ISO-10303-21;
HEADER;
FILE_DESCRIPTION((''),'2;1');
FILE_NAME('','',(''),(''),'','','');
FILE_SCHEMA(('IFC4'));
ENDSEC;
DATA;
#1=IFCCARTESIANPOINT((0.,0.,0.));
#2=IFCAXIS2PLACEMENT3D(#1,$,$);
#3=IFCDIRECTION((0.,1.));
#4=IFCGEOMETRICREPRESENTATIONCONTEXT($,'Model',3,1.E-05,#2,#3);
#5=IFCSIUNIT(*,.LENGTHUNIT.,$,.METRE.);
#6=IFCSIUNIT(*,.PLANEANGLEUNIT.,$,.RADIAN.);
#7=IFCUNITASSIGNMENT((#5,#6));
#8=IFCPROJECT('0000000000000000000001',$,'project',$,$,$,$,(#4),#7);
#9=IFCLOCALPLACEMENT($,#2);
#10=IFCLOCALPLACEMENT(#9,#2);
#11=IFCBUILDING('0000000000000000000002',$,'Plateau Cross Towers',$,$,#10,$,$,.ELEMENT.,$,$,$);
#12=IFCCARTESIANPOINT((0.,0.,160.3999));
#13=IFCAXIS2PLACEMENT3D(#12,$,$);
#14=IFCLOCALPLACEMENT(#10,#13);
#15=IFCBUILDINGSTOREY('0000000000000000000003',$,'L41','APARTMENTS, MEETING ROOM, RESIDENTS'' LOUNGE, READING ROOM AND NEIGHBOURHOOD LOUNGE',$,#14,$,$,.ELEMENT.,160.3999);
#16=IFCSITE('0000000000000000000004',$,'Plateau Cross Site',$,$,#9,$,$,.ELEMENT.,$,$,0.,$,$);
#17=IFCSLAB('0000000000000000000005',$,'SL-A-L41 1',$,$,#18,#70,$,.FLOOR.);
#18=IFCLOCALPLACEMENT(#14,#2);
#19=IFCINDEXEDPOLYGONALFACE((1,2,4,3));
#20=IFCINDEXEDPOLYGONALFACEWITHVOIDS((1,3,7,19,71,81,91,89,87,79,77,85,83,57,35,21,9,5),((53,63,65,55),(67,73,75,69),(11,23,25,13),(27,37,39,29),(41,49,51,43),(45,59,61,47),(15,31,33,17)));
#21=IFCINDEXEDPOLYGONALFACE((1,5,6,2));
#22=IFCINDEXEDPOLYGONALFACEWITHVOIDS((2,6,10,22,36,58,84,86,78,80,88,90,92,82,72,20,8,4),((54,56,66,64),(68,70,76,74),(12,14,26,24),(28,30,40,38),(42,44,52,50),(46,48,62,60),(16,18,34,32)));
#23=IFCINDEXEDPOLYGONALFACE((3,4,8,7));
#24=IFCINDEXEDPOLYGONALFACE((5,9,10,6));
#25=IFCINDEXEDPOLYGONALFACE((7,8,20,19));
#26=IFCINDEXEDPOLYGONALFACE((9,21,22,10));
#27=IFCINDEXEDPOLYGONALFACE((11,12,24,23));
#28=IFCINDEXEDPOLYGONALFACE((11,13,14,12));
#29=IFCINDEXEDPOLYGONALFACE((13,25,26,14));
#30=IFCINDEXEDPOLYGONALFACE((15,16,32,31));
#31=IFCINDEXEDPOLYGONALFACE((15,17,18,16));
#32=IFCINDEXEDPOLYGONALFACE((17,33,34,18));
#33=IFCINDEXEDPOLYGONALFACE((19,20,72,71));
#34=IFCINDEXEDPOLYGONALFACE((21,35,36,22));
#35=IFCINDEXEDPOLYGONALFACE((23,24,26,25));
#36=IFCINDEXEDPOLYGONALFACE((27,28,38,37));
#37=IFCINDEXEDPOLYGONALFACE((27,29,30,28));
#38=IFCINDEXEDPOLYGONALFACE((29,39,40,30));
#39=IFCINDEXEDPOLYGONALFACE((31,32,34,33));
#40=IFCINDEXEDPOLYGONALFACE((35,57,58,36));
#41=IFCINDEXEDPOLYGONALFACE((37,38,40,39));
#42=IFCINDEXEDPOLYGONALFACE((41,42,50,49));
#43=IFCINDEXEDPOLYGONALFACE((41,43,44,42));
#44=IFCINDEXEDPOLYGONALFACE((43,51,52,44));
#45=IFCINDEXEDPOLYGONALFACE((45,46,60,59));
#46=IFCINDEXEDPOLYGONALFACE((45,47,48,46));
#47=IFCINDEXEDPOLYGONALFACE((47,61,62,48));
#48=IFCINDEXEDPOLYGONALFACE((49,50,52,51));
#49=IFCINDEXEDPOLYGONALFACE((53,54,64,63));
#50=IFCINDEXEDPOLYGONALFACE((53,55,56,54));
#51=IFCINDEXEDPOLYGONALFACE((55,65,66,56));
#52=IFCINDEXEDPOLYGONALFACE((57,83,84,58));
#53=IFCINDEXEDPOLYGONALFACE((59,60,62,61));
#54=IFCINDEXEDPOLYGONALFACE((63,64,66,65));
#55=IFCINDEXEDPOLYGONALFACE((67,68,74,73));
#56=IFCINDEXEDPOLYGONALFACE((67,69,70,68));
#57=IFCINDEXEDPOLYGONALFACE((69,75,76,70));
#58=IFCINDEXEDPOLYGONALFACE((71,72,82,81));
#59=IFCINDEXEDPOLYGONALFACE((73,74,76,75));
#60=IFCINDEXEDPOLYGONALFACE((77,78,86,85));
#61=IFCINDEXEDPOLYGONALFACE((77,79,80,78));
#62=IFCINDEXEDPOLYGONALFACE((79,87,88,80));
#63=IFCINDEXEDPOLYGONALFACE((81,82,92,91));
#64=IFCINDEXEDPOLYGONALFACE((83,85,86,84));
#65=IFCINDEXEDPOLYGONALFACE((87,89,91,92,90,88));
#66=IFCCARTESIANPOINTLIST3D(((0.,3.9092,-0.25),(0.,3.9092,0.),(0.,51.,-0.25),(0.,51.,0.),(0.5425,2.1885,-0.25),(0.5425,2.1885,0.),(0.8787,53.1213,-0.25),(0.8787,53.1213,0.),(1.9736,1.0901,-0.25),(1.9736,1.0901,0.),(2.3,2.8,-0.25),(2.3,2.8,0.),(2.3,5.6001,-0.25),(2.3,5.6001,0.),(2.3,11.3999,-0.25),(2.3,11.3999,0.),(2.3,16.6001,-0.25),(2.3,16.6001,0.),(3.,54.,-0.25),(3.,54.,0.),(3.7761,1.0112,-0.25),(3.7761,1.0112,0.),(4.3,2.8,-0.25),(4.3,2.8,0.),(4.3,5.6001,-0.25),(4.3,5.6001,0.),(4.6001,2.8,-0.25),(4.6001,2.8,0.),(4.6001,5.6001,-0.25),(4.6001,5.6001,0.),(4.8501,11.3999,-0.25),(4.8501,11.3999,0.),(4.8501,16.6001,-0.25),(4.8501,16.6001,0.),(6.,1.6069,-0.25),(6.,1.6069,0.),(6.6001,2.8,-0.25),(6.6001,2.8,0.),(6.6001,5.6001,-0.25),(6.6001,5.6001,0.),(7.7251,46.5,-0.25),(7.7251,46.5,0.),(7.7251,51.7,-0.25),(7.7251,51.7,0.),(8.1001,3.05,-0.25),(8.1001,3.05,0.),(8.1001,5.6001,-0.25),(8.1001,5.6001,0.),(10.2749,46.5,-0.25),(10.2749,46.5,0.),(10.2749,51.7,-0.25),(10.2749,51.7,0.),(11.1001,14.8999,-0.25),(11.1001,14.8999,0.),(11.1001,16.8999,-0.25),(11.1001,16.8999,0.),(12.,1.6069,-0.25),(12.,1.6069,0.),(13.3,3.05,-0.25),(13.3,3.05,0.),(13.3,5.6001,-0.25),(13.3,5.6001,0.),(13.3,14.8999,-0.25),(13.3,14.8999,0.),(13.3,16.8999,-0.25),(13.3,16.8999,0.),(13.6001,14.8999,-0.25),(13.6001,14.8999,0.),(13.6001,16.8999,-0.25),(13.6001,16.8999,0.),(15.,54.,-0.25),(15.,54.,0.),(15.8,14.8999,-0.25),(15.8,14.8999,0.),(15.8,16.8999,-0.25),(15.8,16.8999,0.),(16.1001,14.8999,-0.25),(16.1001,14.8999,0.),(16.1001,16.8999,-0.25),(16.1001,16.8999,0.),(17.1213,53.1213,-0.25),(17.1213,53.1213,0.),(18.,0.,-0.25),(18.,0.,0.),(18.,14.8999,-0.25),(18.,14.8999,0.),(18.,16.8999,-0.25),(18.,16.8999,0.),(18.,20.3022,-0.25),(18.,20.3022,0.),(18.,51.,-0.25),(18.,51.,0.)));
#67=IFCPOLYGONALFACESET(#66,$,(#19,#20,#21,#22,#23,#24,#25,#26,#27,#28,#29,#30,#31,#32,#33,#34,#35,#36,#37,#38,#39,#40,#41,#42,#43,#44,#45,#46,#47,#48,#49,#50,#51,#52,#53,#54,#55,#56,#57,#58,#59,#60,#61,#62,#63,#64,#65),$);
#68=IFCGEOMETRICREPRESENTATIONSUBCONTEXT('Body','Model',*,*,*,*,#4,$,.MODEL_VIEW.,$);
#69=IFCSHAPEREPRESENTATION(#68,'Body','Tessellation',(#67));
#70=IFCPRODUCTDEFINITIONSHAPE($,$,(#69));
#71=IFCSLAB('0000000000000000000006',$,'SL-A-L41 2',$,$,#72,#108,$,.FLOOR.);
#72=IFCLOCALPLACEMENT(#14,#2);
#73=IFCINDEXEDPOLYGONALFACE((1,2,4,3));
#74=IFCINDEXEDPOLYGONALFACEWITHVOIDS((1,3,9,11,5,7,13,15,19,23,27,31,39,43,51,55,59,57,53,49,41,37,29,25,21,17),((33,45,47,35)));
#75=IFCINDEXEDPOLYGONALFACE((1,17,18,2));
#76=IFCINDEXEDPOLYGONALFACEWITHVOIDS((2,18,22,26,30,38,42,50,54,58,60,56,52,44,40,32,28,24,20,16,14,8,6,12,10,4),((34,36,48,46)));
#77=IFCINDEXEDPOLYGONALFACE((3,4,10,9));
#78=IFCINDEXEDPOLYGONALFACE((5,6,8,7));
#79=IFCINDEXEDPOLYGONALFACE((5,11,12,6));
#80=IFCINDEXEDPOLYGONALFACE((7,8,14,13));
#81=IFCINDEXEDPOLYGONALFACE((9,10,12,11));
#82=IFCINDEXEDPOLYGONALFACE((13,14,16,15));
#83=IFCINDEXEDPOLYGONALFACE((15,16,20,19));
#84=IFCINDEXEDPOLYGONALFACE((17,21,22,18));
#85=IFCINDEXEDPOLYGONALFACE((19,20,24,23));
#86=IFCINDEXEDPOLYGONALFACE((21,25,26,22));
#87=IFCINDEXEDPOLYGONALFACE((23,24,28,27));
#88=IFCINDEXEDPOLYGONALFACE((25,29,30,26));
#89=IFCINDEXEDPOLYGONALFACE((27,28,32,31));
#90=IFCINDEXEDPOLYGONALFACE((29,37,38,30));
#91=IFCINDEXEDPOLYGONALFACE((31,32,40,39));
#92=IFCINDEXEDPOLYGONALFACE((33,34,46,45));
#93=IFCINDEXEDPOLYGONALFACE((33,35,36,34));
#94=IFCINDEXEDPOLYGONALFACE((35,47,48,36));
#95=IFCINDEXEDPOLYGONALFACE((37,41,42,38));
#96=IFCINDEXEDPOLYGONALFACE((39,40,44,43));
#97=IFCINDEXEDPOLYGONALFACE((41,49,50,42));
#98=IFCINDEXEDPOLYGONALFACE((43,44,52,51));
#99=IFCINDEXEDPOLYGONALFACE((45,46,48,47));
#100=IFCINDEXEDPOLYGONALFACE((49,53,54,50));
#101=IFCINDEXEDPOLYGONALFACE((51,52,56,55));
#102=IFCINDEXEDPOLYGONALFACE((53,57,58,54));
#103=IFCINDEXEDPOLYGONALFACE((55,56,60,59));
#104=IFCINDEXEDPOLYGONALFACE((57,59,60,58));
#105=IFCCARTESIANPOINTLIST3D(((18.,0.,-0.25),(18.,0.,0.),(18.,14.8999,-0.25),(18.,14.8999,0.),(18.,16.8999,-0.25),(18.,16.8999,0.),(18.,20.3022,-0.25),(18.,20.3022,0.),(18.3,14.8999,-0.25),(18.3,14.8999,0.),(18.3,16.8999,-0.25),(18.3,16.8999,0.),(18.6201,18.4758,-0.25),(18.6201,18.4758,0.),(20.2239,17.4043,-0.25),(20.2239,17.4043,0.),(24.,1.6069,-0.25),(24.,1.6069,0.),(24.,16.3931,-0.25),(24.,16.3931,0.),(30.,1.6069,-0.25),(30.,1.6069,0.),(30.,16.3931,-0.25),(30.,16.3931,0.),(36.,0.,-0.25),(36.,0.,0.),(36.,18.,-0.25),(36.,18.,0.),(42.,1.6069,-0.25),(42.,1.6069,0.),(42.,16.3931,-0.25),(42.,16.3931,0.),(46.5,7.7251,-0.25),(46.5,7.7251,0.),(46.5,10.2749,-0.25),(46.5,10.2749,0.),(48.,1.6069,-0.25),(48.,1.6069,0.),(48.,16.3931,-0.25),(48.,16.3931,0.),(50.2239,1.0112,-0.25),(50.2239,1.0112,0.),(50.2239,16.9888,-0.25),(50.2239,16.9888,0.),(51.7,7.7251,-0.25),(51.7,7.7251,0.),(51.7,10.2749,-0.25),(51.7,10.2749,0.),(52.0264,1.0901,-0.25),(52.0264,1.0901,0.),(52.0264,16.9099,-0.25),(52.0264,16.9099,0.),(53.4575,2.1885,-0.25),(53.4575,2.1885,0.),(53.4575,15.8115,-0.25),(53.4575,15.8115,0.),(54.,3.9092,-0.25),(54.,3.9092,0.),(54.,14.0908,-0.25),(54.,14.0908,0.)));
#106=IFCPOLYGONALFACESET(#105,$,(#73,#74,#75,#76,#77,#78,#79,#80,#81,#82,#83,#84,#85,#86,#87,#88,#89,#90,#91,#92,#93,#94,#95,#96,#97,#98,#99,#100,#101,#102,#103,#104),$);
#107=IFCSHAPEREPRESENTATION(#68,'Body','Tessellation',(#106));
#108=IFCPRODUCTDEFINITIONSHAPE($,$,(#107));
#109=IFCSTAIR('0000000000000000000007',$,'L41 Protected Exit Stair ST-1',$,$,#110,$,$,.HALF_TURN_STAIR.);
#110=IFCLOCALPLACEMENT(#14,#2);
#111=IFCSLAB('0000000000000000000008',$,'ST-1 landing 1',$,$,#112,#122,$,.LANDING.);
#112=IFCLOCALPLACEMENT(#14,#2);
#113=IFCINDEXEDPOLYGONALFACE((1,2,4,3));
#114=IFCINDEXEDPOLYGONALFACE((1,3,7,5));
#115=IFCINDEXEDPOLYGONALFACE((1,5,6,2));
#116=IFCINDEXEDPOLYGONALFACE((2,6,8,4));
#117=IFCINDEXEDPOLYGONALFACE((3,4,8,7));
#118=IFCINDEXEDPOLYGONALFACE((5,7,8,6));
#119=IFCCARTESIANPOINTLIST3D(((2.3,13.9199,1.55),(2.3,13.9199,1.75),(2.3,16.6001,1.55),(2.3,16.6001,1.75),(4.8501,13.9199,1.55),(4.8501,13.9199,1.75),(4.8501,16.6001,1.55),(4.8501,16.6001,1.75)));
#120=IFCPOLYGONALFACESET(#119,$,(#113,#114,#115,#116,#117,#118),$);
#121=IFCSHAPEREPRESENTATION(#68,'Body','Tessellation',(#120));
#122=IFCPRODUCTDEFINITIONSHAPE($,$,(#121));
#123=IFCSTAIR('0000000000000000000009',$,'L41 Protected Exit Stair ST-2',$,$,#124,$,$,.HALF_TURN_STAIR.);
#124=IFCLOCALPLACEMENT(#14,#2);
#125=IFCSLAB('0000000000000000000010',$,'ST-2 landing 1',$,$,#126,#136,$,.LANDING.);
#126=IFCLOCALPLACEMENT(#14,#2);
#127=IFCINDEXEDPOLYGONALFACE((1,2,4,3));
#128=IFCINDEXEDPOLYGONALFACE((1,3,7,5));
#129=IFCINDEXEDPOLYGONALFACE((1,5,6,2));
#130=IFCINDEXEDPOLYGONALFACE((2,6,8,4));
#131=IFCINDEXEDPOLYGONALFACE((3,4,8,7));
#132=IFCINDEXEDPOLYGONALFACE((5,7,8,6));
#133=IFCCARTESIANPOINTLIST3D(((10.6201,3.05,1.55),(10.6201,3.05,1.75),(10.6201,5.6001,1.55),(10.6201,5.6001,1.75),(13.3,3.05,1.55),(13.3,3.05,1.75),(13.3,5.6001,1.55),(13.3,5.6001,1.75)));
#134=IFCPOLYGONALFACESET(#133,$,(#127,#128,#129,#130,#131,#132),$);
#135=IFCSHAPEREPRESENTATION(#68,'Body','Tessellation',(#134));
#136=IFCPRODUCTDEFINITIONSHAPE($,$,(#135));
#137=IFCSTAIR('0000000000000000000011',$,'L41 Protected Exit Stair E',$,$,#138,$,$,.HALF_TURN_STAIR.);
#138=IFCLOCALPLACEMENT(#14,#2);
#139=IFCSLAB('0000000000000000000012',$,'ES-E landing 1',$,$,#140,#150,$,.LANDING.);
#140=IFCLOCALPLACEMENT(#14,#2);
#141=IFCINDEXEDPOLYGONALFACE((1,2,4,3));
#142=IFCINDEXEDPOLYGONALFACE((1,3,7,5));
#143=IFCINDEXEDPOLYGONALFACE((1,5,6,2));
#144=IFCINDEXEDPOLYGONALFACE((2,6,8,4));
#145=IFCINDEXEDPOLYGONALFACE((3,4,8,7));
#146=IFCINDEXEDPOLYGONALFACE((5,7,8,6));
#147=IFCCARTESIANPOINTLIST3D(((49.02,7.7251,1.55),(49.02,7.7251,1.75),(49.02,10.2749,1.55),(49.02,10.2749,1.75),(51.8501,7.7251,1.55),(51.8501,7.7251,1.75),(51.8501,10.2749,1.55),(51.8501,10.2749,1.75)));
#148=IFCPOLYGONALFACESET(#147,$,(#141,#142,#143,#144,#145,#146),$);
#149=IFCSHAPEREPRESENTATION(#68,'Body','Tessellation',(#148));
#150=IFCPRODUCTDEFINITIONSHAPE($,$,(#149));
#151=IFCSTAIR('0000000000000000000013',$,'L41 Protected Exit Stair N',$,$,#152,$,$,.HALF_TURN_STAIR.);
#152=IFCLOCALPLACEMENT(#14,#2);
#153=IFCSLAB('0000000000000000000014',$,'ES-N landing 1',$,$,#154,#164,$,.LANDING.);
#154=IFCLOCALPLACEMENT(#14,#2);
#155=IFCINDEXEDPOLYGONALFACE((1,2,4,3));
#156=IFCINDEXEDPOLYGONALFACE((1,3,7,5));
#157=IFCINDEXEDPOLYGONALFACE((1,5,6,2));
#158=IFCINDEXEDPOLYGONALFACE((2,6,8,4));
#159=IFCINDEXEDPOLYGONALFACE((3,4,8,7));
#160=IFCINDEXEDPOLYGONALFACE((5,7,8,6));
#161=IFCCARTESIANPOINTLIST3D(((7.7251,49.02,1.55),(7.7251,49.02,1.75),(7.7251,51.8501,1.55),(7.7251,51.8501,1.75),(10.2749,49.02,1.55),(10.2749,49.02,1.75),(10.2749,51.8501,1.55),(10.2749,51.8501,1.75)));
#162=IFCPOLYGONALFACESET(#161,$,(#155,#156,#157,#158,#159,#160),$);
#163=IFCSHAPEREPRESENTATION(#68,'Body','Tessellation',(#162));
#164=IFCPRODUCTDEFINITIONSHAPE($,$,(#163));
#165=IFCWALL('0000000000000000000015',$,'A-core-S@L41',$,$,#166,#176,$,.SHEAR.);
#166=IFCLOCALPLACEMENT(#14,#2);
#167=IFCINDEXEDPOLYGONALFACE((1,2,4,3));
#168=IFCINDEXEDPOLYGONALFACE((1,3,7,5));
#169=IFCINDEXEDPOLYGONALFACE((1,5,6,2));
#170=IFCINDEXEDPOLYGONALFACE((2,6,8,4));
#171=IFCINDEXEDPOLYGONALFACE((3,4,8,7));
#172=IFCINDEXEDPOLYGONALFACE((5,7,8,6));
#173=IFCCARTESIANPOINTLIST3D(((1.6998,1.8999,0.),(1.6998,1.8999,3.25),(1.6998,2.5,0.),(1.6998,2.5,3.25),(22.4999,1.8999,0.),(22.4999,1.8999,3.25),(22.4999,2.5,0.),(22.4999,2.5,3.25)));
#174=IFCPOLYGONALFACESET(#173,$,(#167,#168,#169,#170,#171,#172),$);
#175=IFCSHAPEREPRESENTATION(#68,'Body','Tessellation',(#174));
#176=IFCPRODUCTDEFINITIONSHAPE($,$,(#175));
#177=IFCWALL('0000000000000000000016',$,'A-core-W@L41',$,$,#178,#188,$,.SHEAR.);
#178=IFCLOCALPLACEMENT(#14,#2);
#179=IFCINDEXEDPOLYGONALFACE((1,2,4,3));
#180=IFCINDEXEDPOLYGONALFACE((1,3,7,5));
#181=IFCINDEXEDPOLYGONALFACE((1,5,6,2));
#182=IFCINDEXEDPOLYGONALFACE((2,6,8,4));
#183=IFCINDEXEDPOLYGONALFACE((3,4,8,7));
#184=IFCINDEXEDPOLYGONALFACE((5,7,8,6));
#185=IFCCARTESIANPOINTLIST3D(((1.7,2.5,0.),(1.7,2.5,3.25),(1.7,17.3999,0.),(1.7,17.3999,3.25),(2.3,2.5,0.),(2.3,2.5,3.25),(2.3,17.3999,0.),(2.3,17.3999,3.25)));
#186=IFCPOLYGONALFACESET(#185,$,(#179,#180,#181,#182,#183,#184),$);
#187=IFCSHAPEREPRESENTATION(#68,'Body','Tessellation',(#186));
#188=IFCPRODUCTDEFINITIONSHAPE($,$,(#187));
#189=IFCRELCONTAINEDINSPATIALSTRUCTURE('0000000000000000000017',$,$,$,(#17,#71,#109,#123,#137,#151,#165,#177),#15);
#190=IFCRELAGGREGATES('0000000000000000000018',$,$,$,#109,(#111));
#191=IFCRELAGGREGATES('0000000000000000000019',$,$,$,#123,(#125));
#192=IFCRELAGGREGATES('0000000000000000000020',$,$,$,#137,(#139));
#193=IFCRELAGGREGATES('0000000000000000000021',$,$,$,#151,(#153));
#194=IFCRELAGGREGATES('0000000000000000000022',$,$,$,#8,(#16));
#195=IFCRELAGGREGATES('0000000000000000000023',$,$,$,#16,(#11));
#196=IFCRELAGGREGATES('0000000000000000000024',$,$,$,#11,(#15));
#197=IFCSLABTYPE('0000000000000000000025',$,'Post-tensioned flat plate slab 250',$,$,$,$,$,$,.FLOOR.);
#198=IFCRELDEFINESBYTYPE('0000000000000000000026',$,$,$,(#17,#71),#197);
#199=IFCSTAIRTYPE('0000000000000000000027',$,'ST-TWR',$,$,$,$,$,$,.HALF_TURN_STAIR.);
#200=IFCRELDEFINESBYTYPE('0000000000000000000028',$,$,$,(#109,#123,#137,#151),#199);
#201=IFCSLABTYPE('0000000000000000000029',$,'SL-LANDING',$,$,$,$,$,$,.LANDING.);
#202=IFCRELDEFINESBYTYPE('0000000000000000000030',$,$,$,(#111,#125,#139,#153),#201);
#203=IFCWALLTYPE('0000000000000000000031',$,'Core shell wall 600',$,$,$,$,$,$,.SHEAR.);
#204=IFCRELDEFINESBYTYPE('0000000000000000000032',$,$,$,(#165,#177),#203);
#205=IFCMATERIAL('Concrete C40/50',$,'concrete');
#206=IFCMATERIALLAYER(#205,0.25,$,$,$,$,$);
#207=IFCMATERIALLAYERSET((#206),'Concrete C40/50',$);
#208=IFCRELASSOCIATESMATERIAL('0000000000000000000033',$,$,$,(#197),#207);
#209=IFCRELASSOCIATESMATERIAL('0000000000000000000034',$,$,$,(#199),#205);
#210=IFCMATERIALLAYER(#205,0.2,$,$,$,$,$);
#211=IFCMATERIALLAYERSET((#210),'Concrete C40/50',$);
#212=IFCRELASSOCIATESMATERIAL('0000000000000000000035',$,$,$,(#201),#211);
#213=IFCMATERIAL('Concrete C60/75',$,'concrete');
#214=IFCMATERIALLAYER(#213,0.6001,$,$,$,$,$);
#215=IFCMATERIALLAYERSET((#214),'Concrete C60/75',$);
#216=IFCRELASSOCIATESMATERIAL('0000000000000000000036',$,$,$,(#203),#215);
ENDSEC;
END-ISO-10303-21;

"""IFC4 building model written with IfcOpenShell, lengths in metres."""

from ifc_helpers import new_model, si_unit, direction, frame, frame_2d, origin, place, context, subcontext, project, spatial, polyline, rectangle, outline, extrude, material, layer, layer_set, type_object, element, aggregate, save


model = new_model("IFC4")

# Units and contexts
model_context = context("Model", 3, precision=1e-05, world=origin(), true_north=direction((0.0, 1.0)))
body_context = subcontext(model_context, "Body", "Model", "MODEL_VIEW")
ifc_project = project(units=[si_unit("LENGTHUNIT", "METRE"), si_unit("PLANEANGLEUNIT", "RADIAN")], contexts=[model_context])

# Site, building, storey
site_placement = place(None, origin())
site = spatial("IfcSite", under=ifc_project, at=site_placement, Name="Plateau Cross Site", CompositionType="ELEMENT", RefElevation=0.0)
building_placement = place(site_placement, origin())
building = spatial("IfcBuilding", under=site, at=building_placement, Name="Plateau Cross Towers", CompositionType="ELEMENT")
storey_placement = place(building_placement, frame((0.0, 0.0, 160.3999)))
storey = spatial("IfcBuildingStorey", under=building, at=storey_placement, Name="L41", Description="APARTMENTS, MEETING ROOM, RESIDENTS' LOUNGE, READING ROOM AND NEIGHBOURHOOD LOUNGE", CompositionType="ELEMENT", Elevation=160.3999)

# Shared definitions
ifc_material_1 = material(Name="Concrete C60/75", Category="concrete")

# Shared definitions
ifc_material_2 = material(Name="Concrete C40/50", Category="concrete")

# Slabs
ifc_layer_1 = layer(ifc_material_2, 0.25)
ifc_layer_set_1 = layer_set([ifc_layer_1], Name="Concrete C40/50")
slab_type_1 = type_object("IfcSlabType", Name="Post-tensioned flat plate slab 250", PredefinedType="FLOOR", material=ifc_layer_set_1)
slab_1_placement = place(storey_placement, frame((0.0, 0.0, -0.25)))
element("IfcSlab", 1, at=slab_1_placement, inside=storey, type_object=slab_type_1, Name="SL-A-L41 1", PredefinedType="FLOOR", context=body_context, shape_type="SweptSolid", body=[
    extrude(outline(polyline([(0.5425, 2.1885), (0.0, 3.9092), (0.0, 51.0), (0.8787, 53.1213), (3.0, 54.0), (15.0, 54.0), (17.1213, 53.1213), (18.0, 51.0), (18.0, 20.3022), (18.0, 16.8999), (16.1001, 16.8999), (16.1001, 14.8999), (18.0, 14.8999), (18.0, 0.0), (12.0, 1.6069), (6.0, 1.6069), (3.7761, 1.0112), (1.9736, 1.0901), (0.5425, 2.1885)]), holes=[polyline([(2.3, 5.6001), (2.3, 2.8), (4.3, 2.8), (4.3, 5.6001), (2.3, 5.6001)]), polyline([(4.6001, 5.6001), (4.6001, 2.8), (6.6001, 2.8), (6.6001, 5.6001), (4.6001, 5.6001)]), polyline([(8.1001, 5.6001), (8.1001, 3.05), (13.3, 3.05), (13.3, 5.6001), (8.1001, 5.6001)]), polyline([(2.3, 11.3999), (4.8501, 11.3999), (4.8501, 16.6001), (2.3, 16.6001), (2.3, 11.3999)]), polyline([(11.1001, 16.8999), (11.1001, 14.8999), (13.3, 14.8999), (13.3, 16.8999), (11.1001, 16.8999)]), polyline([(13.6001, 16.8999), (13.6001, 14.8999), (15.8, 14.8999), (15.8, 16.8999), (13.6001, 16.8999)]), polyline([(7.7251, 51.7), (7.7251, 46.5), (10.2749, 46.5), (10.2749, 51.7), (7.7251, 51.7)])]), origin(), (0.0, 0.0, 1.0), 0.25),
])
slab_2_placement = place(storey_placement, frame((0.0, 0.0, -0.25)))
element("IfcSlab", 2, at=slab_2_placement, inside=storey, type_object=slab_type_1, Name="SL-A-L41 2", PredefinedType="FLOOR", context=body_context, shape_type="SweptSolid", body=[
    extrude(outline(polyline([(18.6201, 18.4758), (20.2239, 17.4043), (24.0, 16.3931), (30.0, 16.3931), (36.0, 18.0), (42.0, 16.3931), (48.0, 16.3931), (50.2239, 16.9888), (52.0264, 16.9099), (53.4575, 15.8115), (54.0, 14.0908), (54.0, 3.9092), (53.4575, 2.1885), (52.0264, 1.0901), (50.2239, 1.0112), (48.0, 1.6069), (42.0, 1.6069), (36.0, 0.0), (30.0, 1.6069), (24.0, 1.6069), (18.0, 0.0), (18.0, 14.8999), (18.3, 14.8999), (18.3, 16.8999), (18.0, 16.8999), (18.0, 20.3022), (18.6201, 18.4758)]), holes=[polyline([(46.5, 10.2749), (46.5, 7.7251), (51.7, 7.7251), (51.7, 10.2749), (46.5, 10.2749)])]), origin(), (0.0, 0.0, 1.0), 0.25),
])

# Stairs, slabs
stair_type = type_object("IfcStairType", Name="ST-TWR", PredefinedType="HALF_TURN_STAIR", material=ifc_material_2)
stair_1_placement = place(storey_placement, origin())
stair_1 = element("IfcStair", 3, at=stair_1_placement, inside=storey, type_object=stair_type, Name="L41 Protected Exit Stair ST-1", PredefinedType="HALF_TURN_STAIR")
ifc_layer_2 = layer(ifc_material_2, 0.2)
ifc_layer_set_2 = layer_set([ifc_layer_2], Name="Concrete C40/50")
slab_type_2 = type_object("IfcSlabType", Name="SL-LANDING", PredefinedType="LANDING", material=ifc_layer_set_2)
slab_3_placement = place(storey_placement, frame((0.0, 0.0, 1.55)))
slab_3 = element("IfcSlab", 4, at=slab_3_placement, type_object=slab_type_2, Name="ST-1 landing 1", PredefinedType="LANDING", context=body_context, shape_type="SweptSolid", body=[
    extrude(outline(polyline([(4.8501, 13.9199), (4.8501, 16.6001), (2.3, 16.6001), (2.3, 13.9199), (4.8501, 13.9199)])), origin(), (0.0, 0.0, 1.0), 0.2),
])
aggregate(stair_1, [slab_3])
stair_2_placement = place(storey_placement, origin())
stair_2 = element("IfcStair", 5, at=stair_2_placement, inside=storey, type_object=stair_type, Name="L41 Protected Exit Stair ST-2", PredefinedType="HALF_TURN_STAIR")
slab_4_placement = place(storey_placement, frame((0.0, 0.0, 1.55)))
slab_4 = element("IfcSlab", 6, at=slab_4_placement, type_object=slab_type_2, Name="ST-2 landing 1", PredefinedType="LANDING", context=body_context, shape_type="SweptSolid", body=[
    extrude(outline(polyline([(10.6201, 3.05), (13.3, 3.05), (13.3, 5.6001), (10.6201, 5.6001), (10.6201, 3.05)])), origin(), (0.0, 0.0, 1.0), 0.2),
])
aggregate(stair_2, [slab_4])
stair_3_placement = place(storey_placement, origin())
stair_3 = element("IfcStair", 7, at=stair_3_placement, inside=storey, type_object=stair_type, Name="L41 Protected Exit Stair E", PredefinedType="HALF_TURN_STAIR")
slab_5_placement = place(storey_placement, frame((0.0, 0.0, 1.55)))
slab_5 = element("IfcSlab", 8, at=slab_5_placement, type_object=slab_type_2, Name="ES-E landing 1", PredefinedType="LANDING", context=body_context, shape_type="SweptSolid", body=[
    extrude(outline(polyline([(49.02, 7.7251), (51.8501, 7.7251), (51.8501, 10.2749), (49.02, 10.2749), (49.02, 7.7251)])), origin(), (0.0, 0.0, 1.0), 0.2),
])
aggregate(stair_3, [slab_5])
stair_4_placement = place(storey_placement, origin())
stair_4 = element("IfcStair", 9, at=stair_4_placement, inside=storey, type_object=stair_type, Name="L41 Protected Exit Stair N", PredefinedType="HALF_TURN_STAIR")
slab_6_placement = place(storey_placement, frame((0.0, 0.0, 1.55)))
slab_6 = element("IfcSlab", 10, at=slab_6_placement, type_object=slab_type_2, Name="ES-N landing 1", PredefinedType="LANDING", context=body_context, shape_type="SweptSolid", body=[
    extrude(outline(polyline([(10.2749, 49.02), (10.2749, 51.8501), (7.7251, 51.8501), (7.7251, 49.02), (10.2749, 49.02)])), origin(), (0.0, 0.0, 1.0), 0.2),
])
aggregate(stair_4, [slab_6])

# Walls
ifc_layer_3 = layer(ifc_material_1, 0.6001)
ifc_layer_set_3 = layer_set([ifc_layer_3], Name="Concrete C60/75")
wall_type = type_object("IfcWallType", Name="Core shell wall 600", PredefinedType="SHEAR", material=ifc_layer_set_3)
wall_1_placement = place(storey_placement, frame((1.7, 2.2, 0.0), z_axis=(0.0, 0.0, 1.0), x_axis=(1.0, 0.0, 0.0)))
element("IfcWall", 11, at=wall_1_placement, inside=storey, type_object=wall_type, Name="A-core-S@L41", PredefinedType="SHEAR", context=body_context, shape_type="SweptSolid", body=[
    extrude(rectangle(XDim=20.8, YDim=0.6001, at=frame_2d((10.3999, 0.0))), origin(), (0.0, 0.0, 1.0), 3.25),
])
wall_2_placement = place(storey_placement, frame((2.0, 2.5, 0.0), z_axis=(0.0, 0.0, 1.0), x_axis=(0.0, 1.0, 0.0)))
element("IfcWall", 12, at=wall_2_placement, inside=storey, type_object=wall_type, Name="A-core-W@L41", PredefinedType="SHEAR", context=body_context, shape_type="SweptSolid", body=[
    extrude(rectangle(XDim=14.8999, YDim=0.6001, at=frame_2d((7.45, 0.0))), origin(), (0.0, 0.0, 1.0), 3.25),
])

save(model, "model.ifc")
